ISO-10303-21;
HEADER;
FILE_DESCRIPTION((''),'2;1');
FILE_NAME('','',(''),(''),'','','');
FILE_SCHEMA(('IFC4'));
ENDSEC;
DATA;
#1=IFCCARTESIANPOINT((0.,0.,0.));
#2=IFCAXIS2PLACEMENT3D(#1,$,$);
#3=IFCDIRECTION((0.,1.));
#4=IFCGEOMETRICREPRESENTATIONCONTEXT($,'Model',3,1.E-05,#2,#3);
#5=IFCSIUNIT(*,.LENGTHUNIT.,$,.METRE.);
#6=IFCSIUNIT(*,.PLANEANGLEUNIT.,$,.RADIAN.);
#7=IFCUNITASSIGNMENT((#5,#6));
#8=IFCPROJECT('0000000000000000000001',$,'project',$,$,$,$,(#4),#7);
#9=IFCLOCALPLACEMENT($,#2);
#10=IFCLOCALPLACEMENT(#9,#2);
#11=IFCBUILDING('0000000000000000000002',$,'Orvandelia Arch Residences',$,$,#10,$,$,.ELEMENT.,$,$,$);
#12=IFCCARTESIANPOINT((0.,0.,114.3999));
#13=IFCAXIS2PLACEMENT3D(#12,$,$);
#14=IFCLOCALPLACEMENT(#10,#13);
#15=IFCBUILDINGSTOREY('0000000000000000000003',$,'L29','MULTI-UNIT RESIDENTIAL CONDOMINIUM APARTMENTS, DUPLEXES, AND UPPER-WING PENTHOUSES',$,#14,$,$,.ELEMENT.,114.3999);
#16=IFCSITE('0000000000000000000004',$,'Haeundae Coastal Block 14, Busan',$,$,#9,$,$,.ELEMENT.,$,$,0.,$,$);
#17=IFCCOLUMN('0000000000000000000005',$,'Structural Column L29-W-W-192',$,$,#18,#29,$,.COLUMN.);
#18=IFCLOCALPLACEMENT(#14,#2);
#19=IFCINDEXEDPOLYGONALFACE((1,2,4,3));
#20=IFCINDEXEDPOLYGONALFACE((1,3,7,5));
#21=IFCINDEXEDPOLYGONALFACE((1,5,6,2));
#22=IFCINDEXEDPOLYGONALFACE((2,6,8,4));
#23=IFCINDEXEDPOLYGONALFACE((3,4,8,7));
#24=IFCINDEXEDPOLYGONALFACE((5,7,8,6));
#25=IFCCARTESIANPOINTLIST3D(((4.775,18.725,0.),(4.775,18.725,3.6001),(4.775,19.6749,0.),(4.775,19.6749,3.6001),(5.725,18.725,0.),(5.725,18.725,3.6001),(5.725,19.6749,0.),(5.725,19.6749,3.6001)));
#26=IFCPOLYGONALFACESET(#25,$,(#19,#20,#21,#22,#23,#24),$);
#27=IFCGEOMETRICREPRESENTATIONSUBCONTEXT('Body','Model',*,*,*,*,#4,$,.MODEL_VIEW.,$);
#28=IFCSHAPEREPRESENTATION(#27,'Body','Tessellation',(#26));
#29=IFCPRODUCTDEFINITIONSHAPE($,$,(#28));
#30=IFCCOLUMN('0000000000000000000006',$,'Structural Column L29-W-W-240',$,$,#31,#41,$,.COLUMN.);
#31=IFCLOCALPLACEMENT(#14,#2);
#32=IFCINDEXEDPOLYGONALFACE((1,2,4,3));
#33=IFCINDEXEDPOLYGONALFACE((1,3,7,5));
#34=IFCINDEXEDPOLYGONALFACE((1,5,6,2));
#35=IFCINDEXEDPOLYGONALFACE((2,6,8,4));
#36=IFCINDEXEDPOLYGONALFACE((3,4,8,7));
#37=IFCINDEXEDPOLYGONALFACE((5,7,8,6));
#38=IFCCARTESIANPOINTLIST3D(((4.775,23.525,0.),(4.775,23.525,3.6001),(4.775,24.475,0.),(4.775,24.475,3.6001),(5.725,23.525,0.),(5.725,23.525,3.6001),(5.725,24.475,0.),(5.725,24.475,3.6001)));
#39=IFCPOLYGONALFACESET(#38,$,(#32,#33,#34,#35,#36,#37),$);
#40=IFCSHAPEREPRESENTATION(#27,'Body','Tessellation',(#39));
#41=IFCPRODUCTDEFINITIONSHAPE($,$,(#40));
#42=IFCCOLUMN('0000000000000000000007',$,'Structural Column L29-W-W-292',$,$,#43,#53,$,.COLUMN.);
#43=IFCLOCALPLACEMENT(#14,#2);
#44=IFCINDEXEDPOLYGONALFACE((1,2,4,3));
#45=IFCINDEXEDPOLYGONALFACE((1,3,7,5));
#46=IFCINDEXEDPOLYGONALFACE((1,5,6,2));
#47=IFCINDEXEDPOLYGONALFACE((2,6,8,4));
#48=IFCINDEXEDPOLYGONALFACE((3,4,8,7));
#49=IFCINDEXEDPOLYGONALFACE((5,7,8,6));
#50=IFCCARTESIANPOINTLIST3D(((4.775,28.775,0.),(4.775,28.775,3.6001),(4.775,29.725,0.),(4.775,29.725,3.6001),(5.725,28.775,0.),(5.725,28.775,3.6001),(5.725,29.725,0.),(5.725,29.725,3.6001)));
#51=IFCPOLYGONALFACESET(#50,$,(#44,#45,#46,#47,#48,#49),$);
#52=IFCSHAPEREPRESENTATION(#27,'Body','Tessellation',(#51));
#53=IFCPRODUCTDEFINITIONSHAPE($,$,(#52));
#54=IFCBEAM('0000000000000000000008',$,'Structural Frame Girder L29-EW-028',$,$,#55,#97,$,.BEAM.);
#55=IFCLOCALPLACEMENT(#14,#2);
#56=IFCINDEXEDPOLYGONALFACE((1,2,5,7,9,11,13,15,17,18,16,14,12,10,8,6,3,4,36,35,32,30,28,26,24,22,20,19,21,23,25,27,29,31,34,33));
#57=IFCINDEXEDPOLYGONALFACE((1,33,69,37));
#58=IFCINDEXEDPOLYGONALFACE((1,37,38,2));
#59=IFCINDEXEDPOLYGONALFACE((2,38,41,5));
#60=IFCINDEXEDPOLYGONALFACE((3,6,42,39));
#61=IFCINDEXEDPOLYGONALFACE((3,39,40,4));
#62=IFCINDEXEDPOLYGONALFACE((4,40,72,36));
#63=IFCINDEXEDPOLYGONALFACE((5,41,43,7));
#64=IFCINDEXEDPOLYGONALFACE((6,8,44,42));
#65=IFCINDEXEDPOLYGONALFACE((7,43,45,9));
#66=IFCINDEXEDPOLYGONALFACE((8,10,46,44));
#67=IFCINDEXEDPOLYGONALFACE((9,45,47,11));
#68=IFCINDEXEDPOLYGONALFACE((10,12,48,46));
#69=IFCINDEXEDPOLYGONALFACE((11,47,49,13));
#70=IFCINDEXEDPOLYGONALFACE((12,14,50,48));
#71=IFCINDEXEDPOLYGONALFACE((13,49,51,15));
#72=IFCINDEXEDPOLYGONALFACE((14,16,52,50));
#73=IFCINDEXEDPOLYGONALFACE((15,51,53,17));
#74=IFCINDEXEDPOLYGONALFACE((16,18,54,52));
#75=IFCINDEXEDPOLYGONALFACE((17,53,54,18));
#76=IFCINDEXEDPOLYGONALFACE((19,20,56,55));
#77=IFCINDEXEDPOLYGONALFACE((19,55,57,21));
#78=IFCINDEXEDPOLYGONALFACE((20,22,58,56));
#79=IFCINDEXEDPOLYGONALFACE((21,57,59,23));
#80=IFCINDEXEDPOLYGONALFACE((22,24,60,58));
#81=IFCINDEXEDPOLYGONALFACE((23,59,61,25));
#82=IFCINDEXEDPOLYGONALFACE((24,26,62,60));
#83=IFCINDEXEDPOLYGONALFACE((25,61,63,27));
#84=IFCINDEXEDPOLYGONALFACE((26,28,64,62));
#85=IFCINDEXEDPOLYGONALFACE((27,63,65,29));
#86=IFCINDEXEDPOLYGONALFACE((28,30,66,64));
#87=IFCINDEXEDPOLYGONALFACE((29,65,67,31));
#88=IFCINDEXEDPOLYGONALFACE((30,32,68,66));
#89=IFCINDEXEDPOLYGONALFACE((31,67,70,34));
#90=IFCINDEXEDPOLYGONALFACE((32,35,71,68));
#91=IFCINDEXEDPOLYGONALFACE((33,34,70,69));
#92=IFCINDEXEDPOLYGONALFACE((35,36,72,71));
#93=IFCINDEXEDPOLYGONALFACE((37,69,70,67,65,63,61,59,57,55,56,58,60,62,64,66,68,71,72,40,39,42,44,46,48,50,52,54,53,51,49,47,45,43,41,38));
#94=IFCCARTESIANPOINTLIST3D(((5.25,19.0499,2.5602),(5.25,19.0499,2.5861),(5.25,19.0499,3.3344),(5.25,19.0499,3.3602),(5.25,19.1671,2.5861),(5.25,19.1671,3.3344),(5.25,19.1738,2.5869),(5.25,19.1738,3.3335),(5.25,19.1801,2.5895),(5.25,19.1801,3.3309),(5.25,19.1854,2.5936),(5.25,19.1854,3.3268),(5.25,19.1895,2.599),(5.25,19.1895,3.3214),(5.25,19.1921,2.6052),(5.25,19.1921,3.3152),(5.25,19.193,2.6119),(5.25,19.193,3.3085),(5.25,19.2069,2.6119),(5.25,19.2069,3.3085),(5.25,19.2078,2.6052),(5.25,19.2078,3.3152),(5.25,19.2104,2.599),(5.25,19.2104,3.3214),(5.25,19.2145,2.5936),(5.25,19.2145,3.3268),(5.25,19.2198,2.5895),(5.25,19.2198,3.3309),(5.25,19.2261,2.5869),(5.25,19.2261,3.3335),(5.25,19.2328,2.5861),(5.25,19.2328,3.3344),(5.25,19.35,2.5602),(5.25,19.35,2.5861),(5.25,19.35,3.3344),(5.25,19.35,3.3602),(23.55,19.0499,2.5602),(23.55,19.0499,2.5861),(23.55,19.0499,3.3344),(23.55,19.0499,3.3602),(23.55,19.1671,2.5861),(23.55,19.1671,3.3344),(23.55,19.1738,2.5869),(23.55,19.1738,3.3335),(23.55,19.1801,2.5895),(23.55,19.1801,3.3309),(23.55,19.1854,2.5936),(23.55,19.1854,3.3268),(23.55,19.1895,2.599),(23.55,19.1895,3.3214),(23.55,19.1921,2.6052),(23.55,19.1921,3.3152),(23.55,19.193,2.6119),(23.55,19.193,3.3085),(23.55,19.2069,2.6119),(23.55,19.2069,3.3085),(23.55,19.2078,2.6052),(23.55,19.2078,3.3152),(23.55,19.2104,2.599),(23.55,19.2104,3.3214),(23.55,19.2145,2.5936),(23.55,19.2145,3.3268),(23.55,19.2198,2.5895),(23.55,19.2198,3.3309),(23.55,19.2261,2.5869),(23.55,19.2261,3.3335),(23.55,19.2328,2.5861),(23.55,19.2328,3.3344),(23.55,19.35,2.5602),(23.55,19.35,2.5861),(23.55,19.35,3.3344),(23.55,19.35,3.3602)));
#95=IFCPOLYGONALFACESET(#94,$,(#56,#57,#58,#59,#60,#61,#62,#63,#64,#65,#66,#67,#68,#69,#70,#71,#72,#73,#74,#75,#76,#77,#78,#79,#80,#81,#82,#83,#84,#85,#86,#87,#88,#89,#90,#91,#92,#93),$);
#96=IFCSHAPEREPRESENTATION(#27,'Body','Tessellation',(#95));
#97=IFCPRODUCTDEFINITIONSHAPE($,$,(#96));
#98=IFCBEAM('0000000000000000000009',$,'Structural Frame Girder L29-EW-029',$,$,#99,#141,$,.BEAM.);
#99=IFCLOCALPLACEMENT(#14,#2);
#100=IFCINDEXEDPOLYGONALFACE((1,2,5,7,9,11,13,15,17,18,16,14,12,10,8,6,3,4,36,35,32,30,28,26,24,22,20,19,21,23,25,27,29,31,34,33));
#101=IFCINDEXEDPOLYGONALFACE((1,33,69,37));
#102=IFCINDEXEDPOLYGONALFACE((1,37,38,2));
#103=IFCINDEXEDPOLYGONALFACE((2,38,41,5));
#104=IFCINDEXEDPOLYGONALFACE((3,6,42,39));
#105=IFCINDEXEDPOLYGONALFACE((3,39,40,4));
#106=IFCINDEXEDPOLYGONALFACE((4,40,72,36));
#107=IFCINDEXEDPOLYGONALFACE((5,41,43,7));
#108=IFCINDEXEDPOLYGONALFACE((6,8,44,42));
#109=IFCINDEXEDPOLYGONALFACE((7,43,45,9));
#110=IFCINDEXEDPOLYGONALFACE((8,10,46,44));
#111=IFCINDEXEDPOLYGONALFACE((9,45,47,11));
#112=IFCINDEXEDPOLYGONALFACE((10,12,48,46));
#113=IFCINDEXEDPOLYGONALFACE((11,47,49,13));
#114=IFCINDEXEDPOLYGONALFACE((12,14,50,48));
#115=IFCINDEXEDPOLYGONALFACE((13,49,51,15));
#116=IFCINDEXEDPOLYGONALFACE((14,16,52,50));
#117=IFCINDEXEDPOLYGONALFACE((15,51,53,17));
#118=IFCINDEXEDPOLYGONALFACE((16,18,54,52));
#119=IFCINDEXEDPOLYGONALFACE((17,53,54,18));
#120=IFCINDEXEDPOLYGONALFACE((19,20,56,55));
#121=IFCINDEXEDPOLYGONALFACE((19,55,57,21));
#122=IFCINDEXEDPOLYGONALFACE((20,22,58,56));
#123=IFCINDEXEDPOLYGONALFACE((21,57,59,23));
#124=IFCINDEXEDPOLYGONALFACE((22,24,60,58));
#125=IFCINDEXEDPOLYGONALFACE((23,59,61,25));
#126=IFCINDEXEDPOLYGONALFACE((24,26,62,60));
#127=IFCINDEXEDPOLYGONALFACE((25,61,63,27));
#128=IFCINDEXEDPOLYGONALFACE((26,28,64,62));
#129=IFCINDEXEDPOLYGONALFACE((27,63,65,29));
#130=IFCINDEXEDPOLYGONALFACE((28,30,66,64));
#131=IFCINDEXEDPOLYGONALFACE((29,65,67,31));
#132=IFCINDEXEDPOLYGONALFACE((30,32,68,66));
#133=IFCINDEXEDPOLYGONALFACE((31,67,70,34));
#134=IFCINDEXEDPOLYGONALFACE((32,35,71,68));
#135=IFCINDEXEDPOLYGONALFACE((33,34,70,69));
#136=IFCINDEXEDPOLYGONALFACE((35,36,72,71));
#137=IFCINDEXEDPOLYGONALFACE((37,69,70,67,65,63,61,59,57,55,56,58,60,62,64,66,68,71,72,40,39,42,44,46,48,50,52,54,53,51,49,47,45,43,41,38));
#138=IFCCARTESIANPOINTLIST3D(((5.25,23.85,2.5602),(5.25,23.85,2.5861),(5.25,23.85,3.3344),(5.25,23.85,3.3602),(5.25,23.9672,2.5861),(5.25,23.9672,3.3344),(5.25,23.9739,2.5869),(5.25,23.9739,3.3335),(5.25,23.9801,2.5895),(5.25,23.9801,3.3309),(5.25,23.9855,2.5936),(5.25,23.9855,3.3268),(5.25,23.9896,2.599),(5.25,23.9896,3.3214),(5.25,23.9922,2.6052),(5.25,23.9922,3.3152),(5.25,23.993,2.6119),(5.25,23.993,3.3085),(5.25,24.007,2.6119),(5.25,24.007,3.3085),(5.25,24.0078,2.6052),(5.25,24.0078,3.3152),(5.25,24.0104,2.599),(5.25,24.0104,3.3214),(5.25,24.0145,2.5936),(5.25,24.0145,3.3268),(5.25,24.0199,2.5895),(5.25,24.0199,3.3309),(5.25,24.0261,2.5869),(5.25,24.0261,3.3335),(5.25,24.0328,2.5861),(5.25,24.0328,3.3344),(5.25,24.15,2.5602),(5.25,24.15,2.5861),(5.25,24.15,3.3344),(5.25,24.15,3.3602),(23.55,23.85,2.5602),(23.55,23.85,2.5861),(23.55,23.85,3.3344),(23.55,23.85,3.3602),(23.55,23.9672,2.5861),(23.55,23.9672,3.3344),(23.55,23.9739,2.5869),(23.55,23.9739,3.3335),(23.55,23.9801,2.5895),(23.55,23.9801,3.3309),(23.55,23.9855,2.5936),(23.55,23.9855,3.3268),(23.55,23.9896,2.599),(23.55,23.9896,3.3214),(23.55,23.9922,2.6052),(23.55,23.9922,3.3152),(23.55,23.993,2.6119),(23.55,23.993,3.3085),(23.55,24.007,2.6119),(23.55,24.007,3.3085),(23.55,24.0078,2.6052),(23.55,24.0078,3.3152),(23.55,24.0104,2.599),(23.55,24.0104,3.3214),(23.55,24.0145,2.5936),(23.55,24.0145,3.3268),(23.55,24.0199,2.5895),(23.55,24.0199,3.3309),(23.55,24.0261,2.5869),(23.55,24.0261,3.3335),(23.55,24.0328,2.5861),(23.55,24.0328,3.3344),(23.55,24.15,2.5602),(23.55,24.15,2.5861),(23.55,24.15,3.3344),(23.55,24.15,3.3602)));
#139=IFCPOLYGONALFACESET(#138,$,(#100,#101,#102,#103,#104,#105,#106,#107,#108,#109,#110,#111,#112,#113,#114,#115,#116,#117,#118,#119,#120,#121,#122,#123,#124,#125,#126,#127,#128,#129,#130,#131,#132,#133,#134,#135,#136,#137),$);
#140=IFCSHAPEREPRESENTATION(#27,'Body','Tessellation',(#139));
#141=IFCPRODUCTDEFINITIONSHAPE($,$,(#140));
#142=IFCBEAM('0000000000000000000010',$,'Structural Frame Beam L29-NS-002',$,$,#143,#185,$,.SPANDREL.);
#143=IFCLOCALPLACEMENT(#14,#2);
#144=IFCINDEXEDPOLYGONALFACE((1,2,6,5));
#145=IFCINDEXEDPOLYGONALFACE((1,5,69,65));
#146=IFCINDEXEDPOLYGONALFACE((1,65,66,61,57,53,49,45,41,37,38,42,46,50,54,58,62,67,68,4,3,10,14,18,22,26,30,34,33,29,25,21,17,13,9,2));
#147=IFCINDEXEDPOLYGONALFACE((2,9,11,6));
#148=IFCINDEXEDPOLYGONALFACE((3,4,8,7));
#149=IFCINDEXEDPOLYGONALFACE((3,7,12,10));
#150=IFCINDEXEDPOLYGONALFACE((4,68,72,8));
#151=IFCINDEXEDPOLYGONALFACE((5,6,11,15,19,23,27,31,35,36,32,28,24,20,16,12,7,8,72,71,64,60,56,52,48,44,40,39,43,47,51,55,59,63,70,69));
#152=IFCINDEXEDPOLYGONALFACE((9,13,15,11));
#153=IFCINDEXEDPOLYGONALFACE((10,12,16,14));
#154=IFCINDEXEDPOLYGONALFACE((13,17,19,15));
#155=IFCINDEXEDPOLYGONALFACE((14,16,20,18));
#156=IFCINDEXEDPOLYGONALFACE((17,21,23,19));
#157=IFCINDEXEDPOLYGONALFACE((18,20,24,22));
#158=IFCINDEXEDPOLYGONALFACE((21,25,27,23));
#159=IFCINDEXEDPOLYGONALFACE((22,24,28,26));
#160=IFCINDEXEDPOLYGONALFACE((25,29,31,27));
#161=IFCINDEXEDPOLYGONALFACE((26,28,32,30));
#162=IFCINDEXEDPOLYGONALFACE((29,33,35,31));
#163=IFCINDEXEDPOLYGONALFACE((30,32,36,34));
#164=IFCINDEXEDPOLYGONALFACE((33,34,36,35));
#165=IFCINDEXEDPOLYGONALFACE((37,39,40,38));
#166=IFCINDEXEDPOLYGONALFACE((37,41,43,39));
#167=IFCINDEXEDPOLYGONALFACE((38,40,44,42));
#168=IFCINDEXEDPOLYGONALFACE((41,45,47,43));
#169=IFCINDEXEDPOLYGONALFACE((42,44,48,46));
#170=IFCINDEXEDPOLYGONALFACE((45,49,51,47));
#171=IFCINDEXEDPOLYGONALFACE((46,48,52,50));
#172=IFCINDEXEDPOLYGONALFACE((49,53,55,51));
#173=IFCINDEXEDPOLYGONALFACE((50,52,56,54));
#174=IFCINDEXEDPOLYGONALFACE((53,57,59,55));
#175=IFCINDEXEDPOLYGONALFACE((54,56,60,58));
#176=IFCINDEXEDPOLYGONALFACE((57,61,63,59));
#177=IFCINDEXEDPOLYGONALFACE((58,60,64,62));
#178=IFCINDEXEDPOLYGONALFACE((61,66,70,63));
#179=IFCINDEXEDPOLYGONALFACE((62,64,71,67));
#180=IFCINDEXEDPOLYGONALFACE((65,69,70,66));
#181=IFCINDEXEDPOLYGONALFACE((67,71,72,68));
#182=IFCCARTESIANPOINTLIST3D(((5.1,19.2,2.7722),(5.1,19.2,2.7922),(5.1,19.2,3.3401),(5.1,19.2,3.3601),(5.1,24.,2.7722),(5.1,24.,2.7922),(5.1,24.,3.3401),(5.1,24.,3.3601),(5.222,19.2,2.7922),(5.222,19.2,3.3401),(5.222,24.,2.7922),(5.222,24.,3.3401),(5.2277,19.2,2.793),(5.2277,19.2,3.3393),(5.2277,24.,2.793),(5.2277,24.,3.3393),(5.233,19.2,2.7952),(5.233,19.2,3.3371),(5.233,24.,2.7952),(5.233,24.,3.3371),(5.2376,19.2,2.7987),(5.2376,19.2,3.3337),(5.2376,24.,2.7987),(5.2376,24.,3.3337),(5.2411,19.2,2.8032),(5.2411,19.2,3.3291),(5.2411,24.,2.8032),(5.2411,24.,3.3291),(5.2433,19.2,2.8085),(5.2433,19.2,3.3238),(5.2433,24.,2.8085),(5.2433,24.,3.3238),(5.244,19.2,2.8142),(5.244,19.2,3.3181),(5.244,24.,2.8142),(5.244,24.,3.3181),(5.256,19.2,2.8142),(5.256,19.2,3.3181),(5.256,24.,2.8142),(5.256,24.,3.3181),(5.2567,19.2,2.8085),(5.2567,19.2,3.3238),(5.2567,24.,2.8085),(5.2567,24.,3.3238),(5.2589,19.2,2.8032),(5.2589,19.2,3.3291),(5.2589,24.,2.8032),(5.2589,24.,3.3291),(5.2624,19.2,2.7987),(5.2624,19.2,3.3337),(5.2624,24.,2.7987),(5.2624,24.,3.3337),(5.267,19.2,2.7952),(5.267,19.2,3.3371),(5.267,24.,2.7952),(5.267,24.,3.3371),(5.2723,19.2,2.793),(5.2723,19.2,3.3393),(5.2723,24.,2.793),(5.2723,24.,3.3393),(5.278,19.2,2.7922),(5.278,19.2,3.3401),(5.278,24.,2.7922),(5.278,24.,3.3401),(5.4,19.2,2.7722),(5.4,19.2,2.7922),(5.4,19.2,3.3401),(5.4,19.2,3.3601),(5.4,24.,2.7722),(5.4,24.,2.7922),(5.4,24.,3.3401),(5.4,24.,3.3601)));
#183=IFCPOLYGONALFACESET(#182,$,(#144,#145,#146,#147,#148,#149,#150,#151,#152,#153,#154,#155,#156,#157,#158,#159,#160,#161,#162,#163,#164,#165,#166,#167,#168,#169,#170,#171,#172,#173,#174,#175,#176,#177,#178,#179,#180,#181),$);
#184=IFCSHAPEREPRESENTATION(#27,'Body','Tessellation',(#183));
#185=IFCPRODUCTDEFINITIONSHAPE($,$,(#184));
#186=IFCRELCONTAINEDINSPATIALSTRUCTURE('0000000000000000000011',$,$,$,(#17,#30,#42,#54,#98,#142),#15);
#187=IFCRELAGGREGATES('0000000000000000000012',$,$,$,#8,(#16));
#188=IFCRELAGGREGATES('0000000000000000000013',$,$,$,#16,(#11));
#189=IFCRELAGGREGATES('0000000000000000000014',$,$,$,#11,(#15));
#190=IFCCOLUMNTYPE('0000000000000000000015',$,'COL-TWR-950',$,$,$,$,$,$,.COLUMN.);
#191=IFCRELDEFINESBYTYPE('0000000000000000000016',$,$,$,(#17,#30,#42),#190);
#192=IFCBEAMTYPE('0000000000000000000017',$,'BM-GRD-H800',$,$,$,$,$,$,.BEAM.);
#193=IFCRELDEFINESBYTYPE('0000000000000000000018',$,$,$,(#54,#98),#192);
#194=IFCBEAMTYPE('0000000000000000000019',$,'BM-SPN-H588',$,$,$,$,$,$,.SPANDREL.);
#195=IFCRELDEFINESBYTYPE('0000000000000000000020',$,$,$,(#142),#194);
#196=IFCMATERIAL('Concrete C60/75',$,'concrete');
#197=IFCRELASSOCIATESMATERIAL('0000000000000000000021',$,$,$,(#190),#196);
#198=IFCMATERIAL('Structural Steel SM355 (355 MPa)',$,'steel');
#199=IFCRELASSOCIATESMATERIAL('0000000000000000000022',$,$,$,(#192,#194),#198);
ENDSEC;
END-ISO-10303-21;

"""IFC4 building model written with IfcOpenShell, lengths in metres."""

from ifc_helpers import new_model, si_unit, direction, frame, origin, origin_2d, place, context, subcontext, project, spatial, rectangle, i_section, extrude, material, material_profile, profile_set, type_object, element, save


model = new_model("IFC4")

# Units and contexts
model_context = context("Model", 3, precision=1e-05, world=origin(), true_north=direction((0.0, 1.0)))
body_context = subcontext(model_context, "Body", "Model", "MODEL_VIEW")
ifc_project = project(units=[si_unit("LENGTHUNIT", "METRE"), si_unit("PLANEANGLEUNIT", "RADIAN")], contexts=[model_context])

# Site, building, storey
site_placement = place(None, origin())
site = spatial("IfcSite", under=ifc_project, at=site_placement, Name="Haeundae Coastal Block 14, Busan", CompositionType="ELEMENT", RefElevation=0.0)
building_placement = place(site_placement, origin())
building = spatial("IfcBuilding", under=site, at=building_placement, Name="Orvandelia Arch Residences", CompositionType="ELEMENT")
storey_placement = place(building_placement, frame((0.0, 0.0, 114.3999)))
storey = spatial("IfcBuildingStorey", under=building, at=storey_placement, Name="L29", Description="MULTI-UNIT RESIDENTIAL CONDOMINIUM APARTMENTS, DUPLEXES, AND UPPER-WING PENTHOUSES", CompositionType="ELEMENT", Elevation=114.3999)

# Columns
ifc_material_1 = material(Name="Concrete C60/75", Category="concrete")
ifc_material_profile_1 = material_profile(ifc_material_1, rectangle(XDim=0.95, YDim=0.95, at=origin_2d()), Name="Concrete C60/75", Category="concrete")
ifc_profile_set_1 = profile_set([ifc_material_profile_1], Name="Concrete C60/75")
column_type = type_object("IfcColumnType", Name="COL-TWR-950", PredefinedType="COLUMN", material=ifc_profile_set_1)
for number, where, z_axis, x_axis, name in (
    (1, (5.25, 19.2, 0.0), (0.0, 0.0, 1.0), (1.0, 0.0, 0.0), "Structural Column L29-W-W-192"),
    (2, (5.25, 24.0, 0.0), (0.0, 0.0, 1.0), (1.0, 0.0, 0.0), "Structural Column L29-W-W-240"),
    (3, (5.25, 29.25, 0.0), (0.0, 0.0, 1.0), (1.0, 0.0, 0.0), "Structural Column L29-W-W-292"),
):
    element("IfcColumn", number, at=place(storey_placement, frame(where, z_axis=z_axis, x_axis=x_axis)), inside=storey, type_object=column_type, Name=name, PredefinedType="COLUMN", context=body_context, shape_type="SweptSolid", body=[
        extrude(rectangle(XDim=0.95, YDim=0.95, at=origin_2d()), origin(), (0.0, 0.0, 1.0), 3.6001),
    ])

# Beams
ifc_material_2 = material(Name="Structural Steel SM355 (355 MPa)", Category="steel")
ifc_material_profile_2 = material_profile(ifc_material_2, i_section(OverallWidth=0.3, OverallDepth=0.8, WebThickness=0.0139, FlangeThickness=0.0259, FilletRadius=0.0259, at=origin_2d()), Name="Structural Steel SM355 (355 MPa)", Category="steel")
ifc_profile_set_2 = profile_set([ifc_material_profile_2], Name="Structural Steel SM355 (355 MPa)")
beam_type_1 = type_object("IfcBeamType", Name="BM-GRD-H800", PredefinedType="BEAM", material=ifc_profile_set_2)
for number, where, z_axis, x_axis, name in (
    (4, (5.25, 19.2, 2.9602), (1.0, 0.0, 0.0), (0.0, 1.0, 0.0), "Structural Frame Girder L29-EW-028"),
    (5, (5.25, 24.0, 2.9602), (1.0, 0.0, 0.0), (0.0, 1.0, 0.0), "Structural Frame Girder L29-EW-029"),
):
    element("IfcBeam", number, at=place(storey_placement, frame(where, z_axis=z_axis, x_axis=x_axis)), inside=storey, type_object=beam_type_1, Name=name, PredefinedType="BEAM", context=body_context, shape_type="SweptSolid", body=[
        extrude(i_section(OverallWidth=0.3, OverallDepth=0.8, WebThickness=0.0139, FlangeThickness=0.0259, FilletRadius=0.0259, at=origin_2d()), origin(), (0.0, 0.0, 1.0), 18.3),
    ])
ifc_material_profile_3 = material_profile(ifc_material_2, i_section(OverallWidth=0.3, OverallDepth=0.5879, WebThickness=0.012, FlangeThickness=0.02, FilletRadius=0.022, at=origin_2d()), Name="Structural Steel SM355 (355 MPa)", Category="steel")
ifc_profile_set_3 = profile_set([ifc_material_profile_3], Name="Structural Steel SM355 (355 MPa)")
beam_type_2 = type_object("IfcBeamType", Name="BM-SPN-H588", PredefinedType="SPANDREL", material=ifc_profile_set_3)
beam_1_placement = place(storey_placement, frame((5.25, 19.2, 3.0662), z_axis=(0.0, 1.0, 0.0), x_axis=(-1.0, 0.0, 0.0)))
element("IfcBeam", 6, at=beam_1_placement, inside=storey, type_object=beam_type_2, Name="Structural Frame Beam L29-NS-002", PredefinedType="SPANDREL", context=body_context, shape_type="SweptSolid", body=[
    extrude(i_section(OverallWidth=0.3, OverallDepth=0.5879, WebThickness=0.012, FlangeThickness=0.02, FilletRadius=0.022, at=origin_2d()), origin(), (0.0, 0.0, 1.0), 4.8),
])

save(model, "model.ifc")
